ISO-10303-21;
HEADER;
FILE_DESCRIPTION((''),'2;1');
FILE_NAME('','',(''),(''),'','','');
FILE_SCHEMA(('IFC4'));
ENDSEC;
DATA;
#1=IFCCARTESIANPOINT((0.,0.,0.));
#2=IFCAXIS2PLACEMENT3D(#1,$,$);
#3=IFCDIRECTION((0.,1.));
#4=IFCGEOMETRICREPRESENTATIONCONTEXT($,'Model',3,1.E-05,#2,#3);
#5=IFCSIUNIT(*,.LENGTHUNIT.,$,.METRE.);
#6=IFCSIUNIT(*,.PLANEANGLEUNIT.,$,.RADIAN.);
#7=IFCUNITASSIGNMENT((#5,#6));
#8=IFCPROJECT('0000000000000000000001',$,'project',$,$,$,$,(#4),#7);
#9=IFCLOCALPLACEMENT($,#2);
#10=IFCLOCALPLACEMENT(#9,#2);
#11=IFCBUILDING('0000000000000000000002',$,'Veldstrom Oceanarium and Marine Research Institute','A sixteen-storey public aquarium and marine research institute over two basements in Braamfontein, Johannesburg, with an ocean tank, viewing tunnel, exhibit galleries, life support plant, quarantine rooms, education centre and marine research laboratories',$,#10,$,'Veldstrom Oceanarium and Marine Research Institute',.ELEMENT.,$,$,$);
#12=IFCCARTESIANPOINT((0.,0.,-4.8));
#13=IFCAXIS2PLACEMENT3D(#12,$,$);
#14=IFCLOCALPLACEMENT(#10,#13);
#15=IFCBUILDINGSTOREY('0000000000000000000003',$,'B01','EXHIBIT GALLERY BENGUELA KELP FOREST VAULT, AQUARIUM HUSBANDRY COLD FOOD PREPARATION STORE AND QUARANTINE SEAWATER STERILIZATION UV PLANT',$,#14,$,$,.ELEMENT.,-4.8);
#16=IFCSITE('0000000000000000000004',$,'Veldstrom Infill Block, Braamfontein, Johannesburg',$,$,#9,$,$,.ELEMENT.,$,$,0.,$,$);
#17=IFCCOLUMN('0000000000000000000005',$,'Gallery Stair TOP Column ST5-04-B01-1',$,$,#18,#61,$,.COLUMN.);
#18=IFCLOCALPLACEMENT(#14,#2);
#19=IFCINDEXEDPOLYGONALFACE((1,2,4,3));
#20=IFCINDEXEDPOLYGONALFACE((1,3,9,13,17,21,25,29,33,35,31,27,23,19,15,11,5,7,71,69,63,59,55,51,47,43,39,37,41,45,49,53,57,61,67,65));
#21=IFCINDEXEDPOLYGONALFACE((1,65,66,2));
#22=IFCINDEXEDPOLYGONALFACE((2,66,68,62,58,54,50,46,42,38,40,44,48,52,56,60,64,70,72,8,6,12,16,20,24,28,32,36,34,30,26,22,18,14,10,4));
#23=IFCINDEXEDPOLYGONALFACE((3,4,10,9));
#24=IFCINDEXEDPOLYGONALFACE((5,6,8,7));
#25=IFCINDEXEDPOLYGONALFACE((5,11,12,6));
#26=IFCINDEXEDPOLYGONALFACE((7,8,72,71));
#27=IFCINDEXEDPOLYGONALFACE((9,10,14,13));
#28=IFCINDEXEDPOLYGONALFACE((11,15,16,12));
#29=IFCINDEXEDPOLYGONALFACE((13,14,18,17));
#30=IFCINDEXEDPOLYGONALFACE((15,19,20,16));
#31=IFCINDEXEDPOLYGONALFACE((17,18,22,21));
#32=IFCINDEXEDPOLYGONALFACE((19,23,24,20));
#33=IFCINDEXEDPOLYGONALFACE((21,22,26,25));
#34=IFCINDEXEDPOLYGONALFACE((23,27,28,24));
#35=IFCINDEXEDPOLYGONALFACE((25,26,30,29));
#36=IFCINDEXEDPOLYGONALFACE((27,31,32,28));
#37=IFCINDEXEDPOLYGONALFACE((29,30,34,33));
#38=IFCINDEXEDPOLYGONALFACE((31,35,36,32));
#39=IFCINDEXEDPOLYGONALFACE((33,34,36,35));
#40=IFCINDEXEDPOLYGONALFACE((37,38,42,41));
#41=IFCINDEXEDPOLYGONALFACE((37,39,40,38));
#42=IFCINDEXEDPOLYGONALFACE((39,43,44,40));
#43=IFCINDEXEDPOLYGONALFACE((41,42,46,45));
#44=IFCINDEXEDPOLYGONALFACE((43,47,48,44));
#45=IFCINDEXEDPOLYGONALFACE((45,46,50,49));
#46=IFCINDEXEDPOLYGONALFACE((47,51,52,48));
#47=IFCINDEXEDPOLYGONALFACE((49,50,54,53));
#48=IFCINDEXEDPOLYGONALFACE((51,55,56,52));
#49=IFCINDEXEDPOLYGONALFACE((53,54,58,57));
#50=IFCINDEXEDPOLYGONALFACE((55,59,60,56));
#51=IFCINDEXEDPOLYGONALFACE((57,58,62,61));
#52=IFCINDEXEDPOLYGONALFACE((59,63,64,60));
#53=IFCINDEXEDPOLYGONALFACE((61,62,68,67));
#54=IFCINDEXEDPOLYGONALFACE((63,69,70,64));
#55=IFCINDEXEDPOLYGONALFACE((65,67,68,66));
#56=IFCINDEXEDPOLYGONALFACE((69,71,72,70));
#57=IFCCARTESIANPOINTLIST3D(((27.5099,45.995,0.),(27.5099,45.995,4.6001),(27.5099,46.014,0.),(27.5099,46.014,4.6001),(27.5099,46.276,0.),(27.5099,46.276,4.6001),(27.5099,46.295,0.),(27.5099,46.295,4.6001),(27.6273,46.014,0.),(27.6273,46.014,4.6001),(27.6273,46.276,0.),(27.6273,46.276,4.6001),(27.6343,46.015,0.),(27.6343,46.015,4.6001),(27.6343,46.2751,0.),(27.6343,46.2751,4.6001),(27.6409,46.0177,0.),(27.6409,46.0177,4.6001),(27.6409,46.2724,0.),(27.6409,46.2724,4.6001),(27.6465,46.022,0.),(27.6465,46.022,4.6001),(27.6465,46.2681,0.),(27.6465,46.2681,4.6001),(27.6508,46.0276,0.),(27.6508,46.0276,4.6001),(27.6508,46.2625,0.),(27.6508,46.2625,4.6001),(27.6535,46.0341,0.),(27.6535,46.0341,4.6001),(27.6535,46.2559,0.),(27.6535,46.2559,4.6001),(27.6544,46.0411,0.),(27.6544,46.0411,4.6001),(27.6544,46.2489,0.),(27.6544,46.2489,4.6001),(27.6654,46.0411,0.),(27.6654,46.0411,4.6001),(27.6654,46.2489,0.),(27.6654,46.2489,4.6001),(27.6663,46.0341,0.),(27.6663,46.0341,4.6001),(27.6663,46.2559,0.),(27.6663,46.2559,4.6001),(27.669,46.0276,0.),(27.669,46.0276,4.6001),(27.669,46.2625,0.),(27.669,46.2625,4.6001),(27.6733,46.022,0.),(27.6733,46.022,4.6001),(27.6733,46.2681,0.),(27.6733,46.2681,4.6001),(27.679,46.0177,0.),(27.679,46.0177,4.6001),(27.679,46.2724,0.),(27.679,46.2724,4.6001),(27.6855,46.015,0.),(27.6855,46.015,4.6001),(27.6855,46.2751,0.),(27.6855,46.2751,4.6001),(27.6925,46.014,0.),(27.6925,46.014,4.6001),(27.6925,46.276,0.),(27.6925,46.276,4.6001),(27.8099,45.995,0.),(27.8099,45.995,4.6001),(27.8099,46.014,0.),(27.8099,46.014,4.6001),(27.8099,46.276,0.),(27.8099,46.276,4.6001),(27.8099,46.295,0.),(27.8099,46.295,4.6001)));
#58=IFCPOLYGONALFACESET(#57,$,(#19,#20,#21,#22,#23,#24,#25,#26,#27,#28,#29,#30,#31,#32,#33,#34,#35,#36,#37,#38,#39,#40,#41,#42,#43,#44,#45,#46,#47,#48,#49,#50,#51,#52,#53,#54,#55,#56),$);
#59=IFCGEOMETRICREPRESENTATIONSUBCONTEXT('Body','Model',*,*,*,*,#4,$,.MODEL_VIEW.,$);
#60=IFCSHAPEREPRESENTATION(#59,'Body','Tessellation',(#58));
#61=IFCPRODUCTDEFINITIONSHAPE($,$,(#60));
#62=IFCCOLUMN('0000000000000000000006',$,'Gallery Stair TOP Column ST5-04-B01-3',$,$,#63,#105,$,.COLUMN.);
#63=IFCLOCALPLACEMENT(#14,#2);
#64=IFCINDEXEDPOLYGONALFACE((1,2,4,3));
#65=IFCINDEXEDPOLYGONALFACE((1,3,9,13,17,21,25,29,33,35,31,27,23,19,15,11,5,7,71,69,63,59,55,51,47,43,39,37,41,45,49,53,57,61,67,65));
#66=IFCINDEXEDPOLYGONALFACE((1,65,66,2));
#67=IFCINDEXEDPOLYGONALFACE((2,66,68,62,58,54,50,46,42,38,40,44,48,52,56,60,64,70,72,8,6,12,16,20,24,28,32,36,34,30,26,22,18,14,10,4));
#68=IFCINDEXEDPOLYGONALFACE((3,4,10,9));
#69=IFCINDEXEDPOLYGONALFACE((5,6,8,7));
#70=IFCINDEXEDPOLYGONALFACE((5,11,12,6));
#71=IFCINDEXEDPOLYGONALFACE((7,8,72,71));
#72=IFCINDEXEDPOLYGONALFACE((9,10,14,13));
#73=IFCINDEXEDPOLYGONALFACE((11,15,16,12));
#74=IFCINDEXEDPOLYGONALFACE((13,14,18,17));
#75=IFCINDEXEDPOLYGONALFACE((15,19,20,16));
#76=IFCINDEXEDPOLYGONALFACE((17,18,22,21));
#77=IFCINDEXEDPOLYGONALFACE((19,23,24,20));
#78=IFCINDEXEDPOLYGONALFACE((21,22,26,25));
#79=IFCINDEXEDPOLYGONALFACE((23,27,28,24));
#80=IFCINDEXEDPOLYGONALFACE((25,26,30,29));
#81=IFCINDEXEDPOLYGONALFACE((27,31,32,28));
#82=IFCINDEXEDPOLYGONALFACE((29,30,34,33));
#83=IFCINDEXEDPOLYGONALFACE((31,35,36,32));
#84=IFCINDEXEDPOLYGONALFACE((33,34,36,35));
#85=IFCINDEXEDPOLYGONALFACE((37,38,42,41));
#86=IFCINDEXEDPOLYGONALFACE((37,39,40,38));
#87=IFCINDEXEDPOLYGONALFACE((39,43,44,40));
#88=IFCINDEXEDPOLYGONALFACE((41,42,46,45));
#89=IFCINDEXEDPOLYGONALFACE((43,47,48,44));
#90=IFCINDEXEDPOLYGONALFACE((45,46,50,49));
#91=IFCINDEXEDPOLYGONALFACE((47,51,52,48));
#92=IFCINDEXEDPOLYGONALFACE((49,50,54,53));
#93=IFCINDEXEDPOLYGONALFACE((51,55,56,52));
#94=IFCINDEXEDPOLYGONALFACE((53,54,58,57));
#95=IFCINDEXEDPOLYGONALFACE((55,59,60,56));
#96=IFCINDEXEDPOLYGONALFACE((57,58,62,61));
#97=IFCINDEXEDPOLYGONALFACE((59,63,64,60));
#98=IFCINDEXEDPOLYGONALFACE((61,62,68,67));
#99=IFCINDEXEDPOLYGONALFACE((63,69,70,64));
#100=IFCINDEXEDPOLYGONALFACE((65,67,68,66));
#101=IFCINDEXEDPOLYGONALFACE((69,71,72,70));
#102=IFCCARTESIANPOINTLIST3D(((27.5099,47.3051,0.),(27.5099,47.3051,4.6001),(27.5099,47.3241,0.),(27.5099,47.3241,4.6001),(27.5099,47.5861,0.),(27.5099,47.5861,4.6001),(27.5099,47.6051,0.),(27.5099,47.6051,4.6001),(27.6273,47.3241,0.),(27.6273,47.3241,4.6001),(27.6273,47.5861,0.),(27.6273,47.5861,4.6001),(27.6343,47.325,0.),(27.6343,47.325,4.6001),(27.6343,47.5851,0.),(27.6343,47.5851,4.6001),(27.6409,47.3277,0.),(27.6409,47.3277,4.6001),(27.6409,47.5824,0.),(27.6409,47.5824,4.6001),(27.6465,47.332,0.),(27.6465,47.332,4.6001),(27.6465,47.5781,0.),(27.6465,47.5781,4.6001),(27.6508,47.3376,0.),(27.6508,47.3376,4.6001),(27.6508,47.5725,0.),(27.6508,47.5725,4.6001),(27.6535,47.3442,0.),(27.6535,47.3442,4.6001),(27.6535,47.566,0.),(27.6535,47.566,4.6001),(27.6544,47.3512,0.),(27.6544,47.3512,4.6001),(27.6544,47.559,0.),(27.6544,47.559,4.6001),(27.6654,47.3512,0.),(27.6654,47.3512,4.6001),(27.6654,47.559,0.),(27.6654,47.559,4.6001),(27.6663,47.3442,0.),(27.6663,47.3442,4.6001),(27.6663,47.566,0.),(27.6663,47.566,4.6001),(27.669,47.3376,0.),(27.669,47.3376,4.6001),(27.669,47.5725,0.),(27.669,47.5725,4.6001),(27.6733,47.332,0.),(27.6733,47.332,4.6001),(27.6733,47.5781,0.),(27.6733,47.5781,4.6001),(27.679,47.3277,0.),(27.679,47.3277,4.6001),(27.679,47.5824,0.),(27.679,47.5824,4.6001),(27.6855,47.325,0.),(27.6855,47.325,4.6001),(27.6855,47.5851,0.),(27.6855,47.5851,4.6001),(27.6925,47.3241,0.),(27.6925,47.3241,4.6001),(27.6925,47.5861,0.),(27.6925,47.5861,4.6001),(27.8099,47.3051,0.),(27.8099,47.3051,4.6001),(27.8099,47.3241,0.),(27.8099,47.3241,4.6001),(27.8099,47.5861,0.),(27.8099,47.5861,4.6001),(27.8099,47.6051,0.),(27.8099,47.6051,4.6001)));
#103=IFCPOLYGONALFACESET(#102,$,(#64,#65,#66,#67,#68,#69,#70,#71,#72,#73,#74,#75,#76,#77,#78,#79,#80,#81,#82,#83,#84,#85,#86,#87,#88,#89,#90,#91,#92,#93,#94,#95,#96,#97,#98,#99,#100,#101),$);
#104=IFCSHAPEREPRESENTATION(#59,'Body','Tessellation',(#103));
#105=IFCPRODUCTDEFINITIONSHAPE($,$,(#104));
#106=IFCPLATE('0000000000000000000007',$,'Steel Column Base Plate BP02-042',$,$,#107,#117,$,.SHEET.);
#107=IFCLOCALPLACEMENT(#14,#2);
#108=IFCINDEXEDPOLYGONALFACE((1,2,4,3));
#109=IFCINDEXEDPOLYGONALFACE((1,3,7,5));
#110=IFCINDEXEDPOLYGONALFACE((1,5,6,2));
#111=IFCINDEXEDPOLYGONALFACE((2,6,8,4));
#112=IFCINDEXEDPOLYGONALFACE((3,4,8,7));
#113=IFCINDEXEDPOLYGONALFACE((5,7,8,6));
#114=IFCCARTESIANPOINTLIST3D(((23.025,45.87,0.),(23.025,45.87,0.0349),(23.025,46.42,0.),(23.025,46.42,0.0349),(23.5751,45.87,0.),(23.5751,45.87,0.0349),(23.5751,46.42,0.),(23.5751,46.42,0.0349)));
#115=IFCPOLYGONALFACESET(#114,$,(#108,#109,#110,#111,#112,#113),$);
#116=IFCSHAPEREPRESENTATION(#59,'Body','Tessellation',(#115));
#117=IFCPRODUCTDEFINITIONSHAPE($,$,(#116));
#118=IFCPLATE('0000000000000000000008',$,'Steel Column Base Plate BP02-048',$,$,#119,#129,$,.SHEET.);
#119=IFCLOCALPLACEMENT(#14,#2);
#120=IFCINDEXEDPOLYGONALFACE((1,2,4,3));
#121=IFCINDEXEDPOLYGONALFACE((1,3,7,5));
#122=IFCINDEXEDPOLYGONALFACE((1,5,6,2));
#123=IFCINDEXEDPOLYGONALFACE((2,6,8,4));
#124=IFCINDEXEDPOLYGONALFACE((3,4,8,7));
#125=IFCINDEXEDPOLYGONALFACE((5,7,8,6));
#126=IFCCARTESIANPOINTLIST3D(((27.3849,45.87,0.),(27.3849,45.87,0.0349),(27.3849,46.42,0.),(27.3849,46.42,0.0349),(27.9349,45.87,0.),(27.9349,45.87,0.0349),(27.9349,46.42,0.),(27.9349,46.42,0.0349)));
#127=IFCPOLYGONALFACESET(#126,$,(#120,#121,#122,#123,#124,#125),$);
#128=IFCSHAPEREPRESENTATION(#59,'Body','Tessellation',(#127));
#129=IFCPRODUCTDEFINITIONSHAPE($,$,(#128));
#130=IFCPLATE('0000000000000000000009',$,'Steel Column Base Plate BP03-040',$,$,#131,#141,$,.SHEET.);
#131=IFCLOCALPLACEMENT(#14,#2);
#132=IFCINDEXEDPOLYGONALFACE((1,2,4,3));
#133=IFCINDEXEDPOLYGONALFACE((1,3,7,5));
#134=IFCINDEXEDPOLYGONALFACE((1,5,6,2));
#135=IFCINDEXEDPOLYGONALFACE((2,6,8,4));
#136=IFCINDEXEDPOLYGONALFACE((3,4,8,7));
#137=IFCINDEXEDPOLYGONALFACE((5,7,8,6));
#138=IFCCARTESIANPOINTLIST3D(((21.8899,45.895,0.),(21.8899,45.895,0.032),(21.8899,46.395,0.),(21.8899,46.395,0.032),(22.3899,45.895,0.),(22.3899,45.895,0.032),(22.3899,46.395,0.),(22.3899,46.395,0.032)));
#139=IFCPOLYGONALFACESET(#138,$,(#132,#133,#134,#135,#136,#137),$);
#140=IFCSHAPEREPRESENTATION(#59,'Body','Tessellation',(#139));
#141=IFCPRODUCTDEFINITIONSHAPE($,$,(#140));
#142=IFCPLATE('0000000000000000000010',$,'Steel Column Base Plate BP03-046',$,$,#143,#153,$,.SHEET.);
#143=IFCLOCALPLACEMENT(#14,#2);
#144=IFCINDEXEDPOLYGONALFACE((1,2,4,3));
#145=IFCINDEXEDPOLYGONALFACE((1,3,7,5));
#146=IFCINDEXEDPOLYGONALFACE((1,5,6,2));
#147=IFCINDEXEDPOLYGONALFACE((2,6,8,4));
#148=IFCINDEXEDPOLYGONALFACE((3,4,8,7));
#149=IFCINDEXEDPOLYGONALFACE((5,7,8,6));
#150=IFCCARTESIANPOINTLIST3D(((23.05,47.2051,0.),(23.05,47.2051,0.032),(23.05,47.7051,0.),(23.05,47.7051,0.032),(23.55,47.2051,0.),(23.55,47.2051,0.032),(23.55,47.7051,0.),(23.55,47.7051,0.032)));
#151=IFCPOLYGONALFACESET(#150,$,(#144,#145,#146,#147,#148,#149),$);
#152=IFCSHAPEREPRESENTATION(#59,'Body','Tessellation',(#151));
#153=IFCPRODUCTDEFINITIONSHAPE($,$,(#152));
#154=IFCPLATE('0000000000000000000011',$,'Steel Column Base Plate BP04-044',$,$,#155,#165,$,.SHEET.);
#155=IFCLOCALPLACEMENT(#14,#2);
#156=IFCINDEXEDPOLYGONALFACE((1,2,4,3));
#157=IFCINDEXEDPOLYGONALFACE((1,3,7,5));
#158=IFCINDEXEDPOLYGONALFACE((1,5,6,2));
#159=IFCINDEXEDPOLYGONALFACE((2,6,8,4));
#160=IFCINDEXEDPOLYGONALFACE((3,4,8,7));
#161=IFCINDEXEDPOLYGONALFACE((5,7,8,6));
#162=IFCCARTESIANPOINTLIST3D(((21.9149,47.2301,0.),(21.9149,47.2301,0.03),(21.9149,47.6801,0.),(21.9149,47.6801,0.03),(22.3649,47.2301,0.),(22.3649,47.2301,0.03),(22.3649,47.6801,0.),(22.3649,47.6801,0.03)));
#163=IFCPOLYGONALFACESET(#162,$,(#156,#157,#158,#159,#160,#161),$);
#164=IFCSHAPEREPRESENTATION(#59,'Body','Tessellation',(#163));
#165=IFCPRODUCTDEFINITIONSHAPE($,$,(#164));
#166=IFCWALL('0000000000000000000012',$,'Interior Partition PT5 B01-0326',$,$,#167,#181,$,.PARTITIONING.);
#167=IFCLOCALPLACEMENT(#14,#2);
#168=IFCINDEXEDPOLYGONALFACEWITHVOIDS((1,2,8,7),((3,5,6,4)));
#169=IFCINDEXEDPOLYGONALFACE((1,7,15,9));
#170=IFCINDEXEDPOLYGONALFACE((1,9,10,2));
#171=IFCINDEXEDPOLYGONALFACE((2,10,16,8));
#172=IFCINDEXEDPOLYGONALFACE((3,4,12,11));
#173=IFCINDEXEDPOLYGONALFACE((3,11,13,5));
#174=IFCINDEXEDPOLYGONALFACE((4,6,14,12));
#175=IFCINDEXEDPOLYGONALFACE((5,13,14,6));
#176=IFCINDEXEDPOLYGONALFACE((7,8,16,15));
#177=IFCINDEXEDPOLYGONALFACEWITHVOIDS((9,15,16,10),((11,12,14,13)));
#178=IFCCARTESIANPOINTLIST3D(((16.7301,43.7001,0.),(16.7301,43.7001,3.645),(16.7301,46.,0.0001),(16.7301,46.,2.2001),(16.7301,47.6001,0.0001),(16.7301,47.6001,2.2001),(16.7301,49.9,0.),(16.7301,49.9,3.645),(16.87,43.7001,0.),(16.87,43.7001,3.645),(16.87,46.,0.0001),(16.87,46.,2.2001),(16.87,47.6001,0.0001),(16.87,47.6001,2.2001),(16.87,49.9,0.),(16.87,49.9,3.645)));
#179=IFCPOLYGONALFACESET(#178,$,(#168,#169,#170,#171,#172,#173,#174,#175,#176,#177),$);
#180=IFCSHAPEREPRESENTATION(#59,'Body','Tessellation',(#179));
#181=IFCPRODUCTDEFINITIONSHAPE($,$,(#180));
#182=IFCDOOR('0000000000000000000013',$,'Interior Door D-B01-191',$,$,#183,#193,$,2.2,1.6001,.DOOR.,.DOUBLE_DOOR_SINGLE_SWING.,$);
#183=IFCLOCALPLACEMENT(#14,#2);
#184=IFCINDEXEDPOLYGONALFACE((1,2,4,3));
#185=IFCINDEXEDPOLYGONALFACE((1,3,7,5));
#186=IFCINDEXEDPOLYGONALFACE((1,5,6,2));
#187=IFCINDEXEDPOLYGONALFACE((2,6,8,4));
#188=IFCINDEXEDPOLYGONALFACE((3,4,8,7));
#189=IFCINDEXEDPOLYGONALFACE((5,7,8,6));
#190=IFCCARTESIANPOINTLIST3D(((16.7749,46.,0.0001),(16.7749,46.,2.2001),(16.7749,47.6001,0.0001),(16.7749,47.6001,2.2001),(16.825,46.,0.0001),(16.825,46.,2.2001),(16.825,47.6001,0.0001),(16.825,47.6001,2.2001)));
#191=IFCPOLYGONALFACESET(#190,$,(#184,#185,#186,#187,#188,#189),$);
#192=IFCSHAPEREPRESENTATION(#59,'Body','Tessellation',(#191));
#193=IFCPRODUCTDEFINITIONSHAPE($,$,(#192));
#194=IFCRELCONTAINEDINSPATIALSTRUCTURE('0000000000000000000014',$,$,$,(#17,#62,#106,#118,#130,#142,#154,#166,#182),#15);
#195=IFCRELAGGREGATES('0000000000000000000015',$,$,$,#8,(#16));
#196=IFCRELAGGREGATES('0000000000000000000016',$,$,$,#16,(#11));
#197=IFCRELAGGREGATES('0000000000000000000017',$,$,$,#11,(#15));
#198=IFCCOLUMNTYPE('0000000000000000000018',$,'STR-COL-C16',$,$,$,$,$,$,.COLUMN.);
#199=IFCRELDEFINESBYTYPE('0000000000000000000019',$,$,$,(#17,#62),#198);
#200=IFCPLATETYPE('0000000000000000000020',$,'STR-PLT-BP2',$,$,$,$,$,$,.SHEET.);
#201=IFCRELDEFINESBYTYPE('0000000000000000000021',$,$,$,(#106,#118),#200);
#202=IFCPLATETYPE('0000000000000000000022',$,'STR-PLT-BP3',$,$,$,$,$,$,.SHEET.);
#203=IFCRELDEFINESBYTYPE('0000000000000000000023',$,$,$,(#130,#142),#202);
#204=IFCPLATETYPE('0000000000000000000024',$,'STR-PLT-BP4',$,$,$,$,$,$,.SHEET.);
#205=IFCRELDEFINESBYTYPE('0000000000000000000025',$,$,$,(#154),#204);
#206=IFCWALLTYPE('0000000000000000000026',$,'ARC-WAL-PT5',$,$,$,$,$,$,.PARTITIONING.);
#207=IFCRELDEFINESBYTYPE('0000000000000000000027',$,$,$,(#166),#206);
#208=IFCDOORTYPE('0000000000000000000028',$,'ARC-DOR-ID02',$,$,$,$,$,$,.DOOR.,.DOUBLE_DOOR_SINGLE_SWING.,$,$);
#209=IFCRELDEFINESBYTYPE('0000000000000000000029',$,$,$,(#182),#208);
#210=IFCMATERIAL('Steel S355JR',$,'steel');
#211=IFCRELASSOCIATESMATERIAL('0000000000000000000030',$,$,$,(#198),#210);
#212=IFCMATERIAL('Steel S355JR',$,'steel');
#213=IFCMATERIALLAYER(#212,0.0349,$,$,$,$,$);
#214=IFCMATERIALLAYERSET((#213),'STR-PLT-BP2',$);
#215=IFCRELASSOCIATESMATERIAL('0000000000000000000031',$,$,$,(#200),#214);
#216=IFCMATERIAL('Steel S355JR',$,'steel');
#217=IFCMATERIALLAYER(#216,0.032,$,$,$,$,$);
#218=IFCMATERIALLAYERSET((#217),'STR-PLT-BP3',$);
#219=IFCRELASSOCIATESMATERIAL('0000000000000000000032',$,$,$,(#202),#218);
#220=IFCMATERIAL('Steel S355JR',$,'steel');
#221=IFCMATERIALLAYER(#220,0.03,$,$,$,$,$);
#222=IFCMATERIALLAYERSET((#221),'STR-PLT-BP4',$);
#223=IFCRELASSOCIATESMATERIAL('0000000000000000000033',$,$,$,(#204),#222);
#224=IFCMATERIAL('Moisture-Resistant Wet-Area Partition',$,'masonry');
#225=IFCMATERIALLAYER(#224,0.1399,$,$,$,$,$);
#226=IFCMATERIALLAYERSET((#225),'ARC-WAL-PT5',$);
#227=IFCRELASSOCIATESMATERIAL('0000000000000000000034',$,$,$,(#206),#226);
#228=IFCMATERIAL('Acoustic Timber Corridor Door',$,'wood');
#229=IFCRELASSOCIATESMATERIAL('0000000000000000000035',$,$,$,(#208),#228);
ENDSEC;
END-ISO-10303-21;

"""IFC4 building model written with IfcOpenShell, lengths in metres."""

from ifc_helpers import new_model, si_unit, direction, frame, frame_2d, origin, origin_2d, place, context, subcontext, project, spatial, rectangle, i_section, extrude, material, layer, layer_set, material_profile, profile_set, type_object, element, fill, save


model = new_model("IFC4")

# Units and contexts
model_context = context("Model", 3, precision=1e-05, world=origin(), true_north=direction((0.0, 1.0)))
body_context = subcontext(model_context, "Body", "Model", "MODEL_VIEW")
ifc_project = project(units=[si_unit("LENGTHUNIT", "METRE"), si_unit("PLANEANGLEUNIT", "RADIAN")], contexts=[model_context])

# Site, building, storey
site_placement = place(None, origin())
site = spatial("IfcSite", under=ifc_project, at=site_placement, Name="Veldstrom Infill Block, Braamfontein, Johannesburg", CompositionType="ELEMENT", RefElevation=0.0)
building_placement = place(site_placement, origin())
building = spatial("IfcBuilding", under=site, at=building_placement, Name="Veldstrom Oceanarium and Marine Research Institute", Description="A sixteen-storey public aquarium and marine research institute over two basements in Braamfontein, Johannesburg, with an ocean tank, viewing tunnel, exhibit galleries, life support plant, quarantine rooms, education centre and marine research laboratories", LongName="Veldstrom Oceanarium and Marine Research Institute", CompositionType="ELEMENT")
storey_placement = place(building_placement, frame((0.0, 0.0, -4.8)))
storey = spatial("IfcBuildingStorey", under=building, at=storey_placement, Name="B01", Description="EXHIBIT GALLERY BENGUELA KELP FOREST VAULT, AQUARIUM HUSBANDRY COLD FOOD PREPARATION STORE AND QUARANTINE SEAWATER STERILIZATION UV PLANT", CompositionType="ELEMENT", Elevation=-4.8)

# Columns
ifc_material_1 = material(Name="Steel S355JR", Category="steel")
ifc_material_profile = material_profile(ifc_material_1, i_section(OverallWidth=0.3, OverallDepth=0.3, WebThickness=0.011, FlangeThickness=0.019, FilletRadius=0.0271, at=origin_2d()), Name="HEB 300")
ifc_profile_set = profile_set([ifc_material_profile], Name="Steel S355JR")
column_type = type_object("IfcColumnType", Name="STR-COL-C16", PredefinedType="COLUMN", material=ifc_profile_set)
for number, where, z_axis, x_axis, name in (
    (1, (27.6599, 46.145, 0.0), (0.0, 0.0, 1.0), (1.0, 0.0, 0.0), "Gallery Stair TOP Column ST5-04-B01-1"),
    (2, (27.6599, 47.4551, 0.0), (0.0, 0.0, 1.0), (1.0, 0.0, 0.0), "Gallery Stair TOP Column ST5-04-B01-3"),
):
    element("IfcColumn", number, at=place(storey_placement, frame(where, z_axis=z_axis, x_axis=x_axis)), inside=storey, type_object=column_type, Name=name, PredefinedType="COLUMN", context=body_context, shape_type="SweptSolid", body=[
        extrude(i_section(OverallWidth=0.3, OverallDepth=0.3, WebThickness=0.011, FlangeThickness=0.019, FilletRadius=0.0271, at=origin_2d()), origin(), (0.0, 0.0, 1.0), 4.6001),
    ])

# Plates
ifc_material_2 = material(Name="Steel S355JR", Category="steel")
ifc_layer_1 = layer(ifc_material_2, 0.0349)
ifc_layer_set_1 = layer_set([ifc_layer_1], Name="STR-PLT-BP2")
plate_type_1 = type_object("IfcPlateType", Name="STR-PLT-BP2", PredefinedType="SHEET", material=ifc_layer_set_1)
for number, where, z_axis, x_axis, name in (
    (3, (23.3, 46.145, 0.0), (0.0, 0.0, 1.0), (1.0, 0.0, 0.0), "Steel Column Base Plate BP02-042"),
    (4, (27.6599, 46.145, 0.0), (0.0, 0.0, 1.0), (1.0, 0.0, 0.0), "Steel Column Base Plate BP02-048"),
):
    element("IfcPlate", number, at=place(storey_placement, frame(where, z_axis=z_axis, x_axis=x_axis)), inside=storey, type_object=plate_type_1, Name=name, PredefinedType="SHEET", context=body_context, shape_type="SweptSolid", body=[
        extrude(rectangle(XDim=0.55, YDim=0.55, at=origin_2d()), origin(), (0.0, 0.0, 1.0), 0.0349),
    ])
ifc_material_3 = material(Name="Steel S355JR", Category="steel")
ifc_layer_2 = layer(ifc_material_3, 0.032)
ifc_layer_set_2 = layer_set([ifc_layer_2], Name="STR-PLT-BP3")
plate_type_2 = type_object("IfcPlateType", Name="STR-PLT-BP3", PredefinedType="SHEET", material=ifc_layer_set_2)
for number, where, z_axis, x_axis, name in (
    (5, (22.1399, 46.145, 0.0), (0.0, 0.0, 1.0), (1.0, 0.0, 0.0), "Steel Column Base Plate BP03-040"),
    (6, (23.3, 47.4551, 0.0), (0.0, 0.0, 1.0), (1.0, 0.0, 0.0), "Steel Column Base Plate BP03-046"),
):
    element("IfcPlate", number, at=place(storey_placement, frame(where, z_axis=z_axis, x_axis=x_axis)), inside=storey, type_object=plate_type_2, Name=name, PredefinedType="SHEET", context=body_context, shape_type="SweptSolid", body=[
        extrude(rectangle(XDim=0.5, YDim=0.5, at=origin_2d()), origin(), (0.0, 0.0, 1.0), 0.032),
    ])
ifc_material_4 = material(Name="Steel S355JR", Category="steel")
ifc_layer_3 = layer(ifc_material_4, 0.03)
ifc_layer_set_3 = layer_set([ifc_layer_3], Name="STR-PLT-BP4")
plate_type_3 = type_object("IfcPlateType", Name="STR-PLT-BP4", PredefinedType="SHEET", material=ifc_layer_set_3)
plate_placement = place(storey_placement, frame((22.1399, 47.4551, 0.0), z_axis=(0.0, 0.0, 1.0), x_axis=(1.0, 0.0, 0.0)))
element("IfcPlate", 7, at=plate_placement, inside=storey, type_object=plate_type_3, Name="Steel Column Base Plate BP04-044", PredefinedType="SHEET", context=body_context, shape_type="SweptSolid", body=[
    extrude(rectangle(XDim=0.45, YDim=0.45, at=origin_2d()), origin(), (0.0, 0.0, 1.0), 0.03),
])

# Wall, opening, door
ifc_material_5 = material(Name="Moisture-Resistant Wet-Area Partition", Category="masonry")
ifc_layer_4 = layer(ifc_material_5, 0.1399)
ifc_layer_set_4 = layer_set([ifc_layer_4], Name="ARC-WAL-PT5")
wall_type = type_object("IfcWallType", Name="ARC-WAL-PT5", PredefinedType="PARTITIONING", material=ifc_layer_set_4)
wall_placement = place(storey_placement, frame((16.8, 43.7, 0.0), z_axis=(0.0, 0.0, 1.0), x_axis=(0.0, 1.0, 0.0)))
wall = element("IfcWall", 8, at=wall_placement, inside=storey, type_object=wall_type, Name="Interior Partition PT5 B01-0326", PredefinedType="PARTITIONING", context=body_context, shape_type="SweptSolid", body=[
    extrude(rectangle(XDim=6.2, YDim=0.1399, at=frame_2d((3.1001, 0.0))), origin(), (0.0, 0.0, 1.0), 3.645),
])
opening_placement = place(wall_placement, frame((2.3, 0.0, 0.0)))
opening = element("IfcOpeningElement", 9, at=opening_placement, cuts=wall, PredefinedType="OPENING", context=body_context, shape_type="SweptSolid", body=[
    extrude(rectangle(XDim=1.6001, YDim=2.2, at=frame_2d((0.8, 1.1001))), frame((0.0, 0.0798, 0.0), z_axis=(0.0, -1.0, 0.0), x_axis=(1.0, 0.0, 0.0)), (0.0, 0.0, 1.0), 0.1599),
])
ifc_material_6 = material(Name="Acoustic Timber Corridor Door", Category="wood")
door_type = type_object("IfcDoorType", Name="ARC-DOR-ID02", OperationType="DOUBLE_DOOR_SINGLE_SWING", PredefinedType="DOOR", material=ifc_material_6)
door_placement = place(opening_placement, frame((1.6001, 0.0, 0.0), z_axis=(0.0, 0.0, 1.0), x_axis=(-1.0, 0.0, 0.0)))
door = element("IfcDoor", 10, at=door_placement, inside=storey, type_object=door_type, Name="Interior Door D-B01-191", OperationType="DOUBLE_DOOR_SINGLE_SWING", OverallHeight=2.2, OverallWidth=1.6001, PredefinedType="DOOR", context=body_context, shape_type="SweptSolid", body=[
    extrude(rectangle(XDim=1.6001, YDim=2.2, at=frame_2d((0.8, 1.1001))), frame((0.0, 0.0249, 0.0), z_axis=(0.0, -1.0, 0.0), x_axis=(1.0, 0.0, 0.0)), (0.0, 0.0, 1.0), 0.05),
])
fill(opening, door)

save(model, "model.ifc")
